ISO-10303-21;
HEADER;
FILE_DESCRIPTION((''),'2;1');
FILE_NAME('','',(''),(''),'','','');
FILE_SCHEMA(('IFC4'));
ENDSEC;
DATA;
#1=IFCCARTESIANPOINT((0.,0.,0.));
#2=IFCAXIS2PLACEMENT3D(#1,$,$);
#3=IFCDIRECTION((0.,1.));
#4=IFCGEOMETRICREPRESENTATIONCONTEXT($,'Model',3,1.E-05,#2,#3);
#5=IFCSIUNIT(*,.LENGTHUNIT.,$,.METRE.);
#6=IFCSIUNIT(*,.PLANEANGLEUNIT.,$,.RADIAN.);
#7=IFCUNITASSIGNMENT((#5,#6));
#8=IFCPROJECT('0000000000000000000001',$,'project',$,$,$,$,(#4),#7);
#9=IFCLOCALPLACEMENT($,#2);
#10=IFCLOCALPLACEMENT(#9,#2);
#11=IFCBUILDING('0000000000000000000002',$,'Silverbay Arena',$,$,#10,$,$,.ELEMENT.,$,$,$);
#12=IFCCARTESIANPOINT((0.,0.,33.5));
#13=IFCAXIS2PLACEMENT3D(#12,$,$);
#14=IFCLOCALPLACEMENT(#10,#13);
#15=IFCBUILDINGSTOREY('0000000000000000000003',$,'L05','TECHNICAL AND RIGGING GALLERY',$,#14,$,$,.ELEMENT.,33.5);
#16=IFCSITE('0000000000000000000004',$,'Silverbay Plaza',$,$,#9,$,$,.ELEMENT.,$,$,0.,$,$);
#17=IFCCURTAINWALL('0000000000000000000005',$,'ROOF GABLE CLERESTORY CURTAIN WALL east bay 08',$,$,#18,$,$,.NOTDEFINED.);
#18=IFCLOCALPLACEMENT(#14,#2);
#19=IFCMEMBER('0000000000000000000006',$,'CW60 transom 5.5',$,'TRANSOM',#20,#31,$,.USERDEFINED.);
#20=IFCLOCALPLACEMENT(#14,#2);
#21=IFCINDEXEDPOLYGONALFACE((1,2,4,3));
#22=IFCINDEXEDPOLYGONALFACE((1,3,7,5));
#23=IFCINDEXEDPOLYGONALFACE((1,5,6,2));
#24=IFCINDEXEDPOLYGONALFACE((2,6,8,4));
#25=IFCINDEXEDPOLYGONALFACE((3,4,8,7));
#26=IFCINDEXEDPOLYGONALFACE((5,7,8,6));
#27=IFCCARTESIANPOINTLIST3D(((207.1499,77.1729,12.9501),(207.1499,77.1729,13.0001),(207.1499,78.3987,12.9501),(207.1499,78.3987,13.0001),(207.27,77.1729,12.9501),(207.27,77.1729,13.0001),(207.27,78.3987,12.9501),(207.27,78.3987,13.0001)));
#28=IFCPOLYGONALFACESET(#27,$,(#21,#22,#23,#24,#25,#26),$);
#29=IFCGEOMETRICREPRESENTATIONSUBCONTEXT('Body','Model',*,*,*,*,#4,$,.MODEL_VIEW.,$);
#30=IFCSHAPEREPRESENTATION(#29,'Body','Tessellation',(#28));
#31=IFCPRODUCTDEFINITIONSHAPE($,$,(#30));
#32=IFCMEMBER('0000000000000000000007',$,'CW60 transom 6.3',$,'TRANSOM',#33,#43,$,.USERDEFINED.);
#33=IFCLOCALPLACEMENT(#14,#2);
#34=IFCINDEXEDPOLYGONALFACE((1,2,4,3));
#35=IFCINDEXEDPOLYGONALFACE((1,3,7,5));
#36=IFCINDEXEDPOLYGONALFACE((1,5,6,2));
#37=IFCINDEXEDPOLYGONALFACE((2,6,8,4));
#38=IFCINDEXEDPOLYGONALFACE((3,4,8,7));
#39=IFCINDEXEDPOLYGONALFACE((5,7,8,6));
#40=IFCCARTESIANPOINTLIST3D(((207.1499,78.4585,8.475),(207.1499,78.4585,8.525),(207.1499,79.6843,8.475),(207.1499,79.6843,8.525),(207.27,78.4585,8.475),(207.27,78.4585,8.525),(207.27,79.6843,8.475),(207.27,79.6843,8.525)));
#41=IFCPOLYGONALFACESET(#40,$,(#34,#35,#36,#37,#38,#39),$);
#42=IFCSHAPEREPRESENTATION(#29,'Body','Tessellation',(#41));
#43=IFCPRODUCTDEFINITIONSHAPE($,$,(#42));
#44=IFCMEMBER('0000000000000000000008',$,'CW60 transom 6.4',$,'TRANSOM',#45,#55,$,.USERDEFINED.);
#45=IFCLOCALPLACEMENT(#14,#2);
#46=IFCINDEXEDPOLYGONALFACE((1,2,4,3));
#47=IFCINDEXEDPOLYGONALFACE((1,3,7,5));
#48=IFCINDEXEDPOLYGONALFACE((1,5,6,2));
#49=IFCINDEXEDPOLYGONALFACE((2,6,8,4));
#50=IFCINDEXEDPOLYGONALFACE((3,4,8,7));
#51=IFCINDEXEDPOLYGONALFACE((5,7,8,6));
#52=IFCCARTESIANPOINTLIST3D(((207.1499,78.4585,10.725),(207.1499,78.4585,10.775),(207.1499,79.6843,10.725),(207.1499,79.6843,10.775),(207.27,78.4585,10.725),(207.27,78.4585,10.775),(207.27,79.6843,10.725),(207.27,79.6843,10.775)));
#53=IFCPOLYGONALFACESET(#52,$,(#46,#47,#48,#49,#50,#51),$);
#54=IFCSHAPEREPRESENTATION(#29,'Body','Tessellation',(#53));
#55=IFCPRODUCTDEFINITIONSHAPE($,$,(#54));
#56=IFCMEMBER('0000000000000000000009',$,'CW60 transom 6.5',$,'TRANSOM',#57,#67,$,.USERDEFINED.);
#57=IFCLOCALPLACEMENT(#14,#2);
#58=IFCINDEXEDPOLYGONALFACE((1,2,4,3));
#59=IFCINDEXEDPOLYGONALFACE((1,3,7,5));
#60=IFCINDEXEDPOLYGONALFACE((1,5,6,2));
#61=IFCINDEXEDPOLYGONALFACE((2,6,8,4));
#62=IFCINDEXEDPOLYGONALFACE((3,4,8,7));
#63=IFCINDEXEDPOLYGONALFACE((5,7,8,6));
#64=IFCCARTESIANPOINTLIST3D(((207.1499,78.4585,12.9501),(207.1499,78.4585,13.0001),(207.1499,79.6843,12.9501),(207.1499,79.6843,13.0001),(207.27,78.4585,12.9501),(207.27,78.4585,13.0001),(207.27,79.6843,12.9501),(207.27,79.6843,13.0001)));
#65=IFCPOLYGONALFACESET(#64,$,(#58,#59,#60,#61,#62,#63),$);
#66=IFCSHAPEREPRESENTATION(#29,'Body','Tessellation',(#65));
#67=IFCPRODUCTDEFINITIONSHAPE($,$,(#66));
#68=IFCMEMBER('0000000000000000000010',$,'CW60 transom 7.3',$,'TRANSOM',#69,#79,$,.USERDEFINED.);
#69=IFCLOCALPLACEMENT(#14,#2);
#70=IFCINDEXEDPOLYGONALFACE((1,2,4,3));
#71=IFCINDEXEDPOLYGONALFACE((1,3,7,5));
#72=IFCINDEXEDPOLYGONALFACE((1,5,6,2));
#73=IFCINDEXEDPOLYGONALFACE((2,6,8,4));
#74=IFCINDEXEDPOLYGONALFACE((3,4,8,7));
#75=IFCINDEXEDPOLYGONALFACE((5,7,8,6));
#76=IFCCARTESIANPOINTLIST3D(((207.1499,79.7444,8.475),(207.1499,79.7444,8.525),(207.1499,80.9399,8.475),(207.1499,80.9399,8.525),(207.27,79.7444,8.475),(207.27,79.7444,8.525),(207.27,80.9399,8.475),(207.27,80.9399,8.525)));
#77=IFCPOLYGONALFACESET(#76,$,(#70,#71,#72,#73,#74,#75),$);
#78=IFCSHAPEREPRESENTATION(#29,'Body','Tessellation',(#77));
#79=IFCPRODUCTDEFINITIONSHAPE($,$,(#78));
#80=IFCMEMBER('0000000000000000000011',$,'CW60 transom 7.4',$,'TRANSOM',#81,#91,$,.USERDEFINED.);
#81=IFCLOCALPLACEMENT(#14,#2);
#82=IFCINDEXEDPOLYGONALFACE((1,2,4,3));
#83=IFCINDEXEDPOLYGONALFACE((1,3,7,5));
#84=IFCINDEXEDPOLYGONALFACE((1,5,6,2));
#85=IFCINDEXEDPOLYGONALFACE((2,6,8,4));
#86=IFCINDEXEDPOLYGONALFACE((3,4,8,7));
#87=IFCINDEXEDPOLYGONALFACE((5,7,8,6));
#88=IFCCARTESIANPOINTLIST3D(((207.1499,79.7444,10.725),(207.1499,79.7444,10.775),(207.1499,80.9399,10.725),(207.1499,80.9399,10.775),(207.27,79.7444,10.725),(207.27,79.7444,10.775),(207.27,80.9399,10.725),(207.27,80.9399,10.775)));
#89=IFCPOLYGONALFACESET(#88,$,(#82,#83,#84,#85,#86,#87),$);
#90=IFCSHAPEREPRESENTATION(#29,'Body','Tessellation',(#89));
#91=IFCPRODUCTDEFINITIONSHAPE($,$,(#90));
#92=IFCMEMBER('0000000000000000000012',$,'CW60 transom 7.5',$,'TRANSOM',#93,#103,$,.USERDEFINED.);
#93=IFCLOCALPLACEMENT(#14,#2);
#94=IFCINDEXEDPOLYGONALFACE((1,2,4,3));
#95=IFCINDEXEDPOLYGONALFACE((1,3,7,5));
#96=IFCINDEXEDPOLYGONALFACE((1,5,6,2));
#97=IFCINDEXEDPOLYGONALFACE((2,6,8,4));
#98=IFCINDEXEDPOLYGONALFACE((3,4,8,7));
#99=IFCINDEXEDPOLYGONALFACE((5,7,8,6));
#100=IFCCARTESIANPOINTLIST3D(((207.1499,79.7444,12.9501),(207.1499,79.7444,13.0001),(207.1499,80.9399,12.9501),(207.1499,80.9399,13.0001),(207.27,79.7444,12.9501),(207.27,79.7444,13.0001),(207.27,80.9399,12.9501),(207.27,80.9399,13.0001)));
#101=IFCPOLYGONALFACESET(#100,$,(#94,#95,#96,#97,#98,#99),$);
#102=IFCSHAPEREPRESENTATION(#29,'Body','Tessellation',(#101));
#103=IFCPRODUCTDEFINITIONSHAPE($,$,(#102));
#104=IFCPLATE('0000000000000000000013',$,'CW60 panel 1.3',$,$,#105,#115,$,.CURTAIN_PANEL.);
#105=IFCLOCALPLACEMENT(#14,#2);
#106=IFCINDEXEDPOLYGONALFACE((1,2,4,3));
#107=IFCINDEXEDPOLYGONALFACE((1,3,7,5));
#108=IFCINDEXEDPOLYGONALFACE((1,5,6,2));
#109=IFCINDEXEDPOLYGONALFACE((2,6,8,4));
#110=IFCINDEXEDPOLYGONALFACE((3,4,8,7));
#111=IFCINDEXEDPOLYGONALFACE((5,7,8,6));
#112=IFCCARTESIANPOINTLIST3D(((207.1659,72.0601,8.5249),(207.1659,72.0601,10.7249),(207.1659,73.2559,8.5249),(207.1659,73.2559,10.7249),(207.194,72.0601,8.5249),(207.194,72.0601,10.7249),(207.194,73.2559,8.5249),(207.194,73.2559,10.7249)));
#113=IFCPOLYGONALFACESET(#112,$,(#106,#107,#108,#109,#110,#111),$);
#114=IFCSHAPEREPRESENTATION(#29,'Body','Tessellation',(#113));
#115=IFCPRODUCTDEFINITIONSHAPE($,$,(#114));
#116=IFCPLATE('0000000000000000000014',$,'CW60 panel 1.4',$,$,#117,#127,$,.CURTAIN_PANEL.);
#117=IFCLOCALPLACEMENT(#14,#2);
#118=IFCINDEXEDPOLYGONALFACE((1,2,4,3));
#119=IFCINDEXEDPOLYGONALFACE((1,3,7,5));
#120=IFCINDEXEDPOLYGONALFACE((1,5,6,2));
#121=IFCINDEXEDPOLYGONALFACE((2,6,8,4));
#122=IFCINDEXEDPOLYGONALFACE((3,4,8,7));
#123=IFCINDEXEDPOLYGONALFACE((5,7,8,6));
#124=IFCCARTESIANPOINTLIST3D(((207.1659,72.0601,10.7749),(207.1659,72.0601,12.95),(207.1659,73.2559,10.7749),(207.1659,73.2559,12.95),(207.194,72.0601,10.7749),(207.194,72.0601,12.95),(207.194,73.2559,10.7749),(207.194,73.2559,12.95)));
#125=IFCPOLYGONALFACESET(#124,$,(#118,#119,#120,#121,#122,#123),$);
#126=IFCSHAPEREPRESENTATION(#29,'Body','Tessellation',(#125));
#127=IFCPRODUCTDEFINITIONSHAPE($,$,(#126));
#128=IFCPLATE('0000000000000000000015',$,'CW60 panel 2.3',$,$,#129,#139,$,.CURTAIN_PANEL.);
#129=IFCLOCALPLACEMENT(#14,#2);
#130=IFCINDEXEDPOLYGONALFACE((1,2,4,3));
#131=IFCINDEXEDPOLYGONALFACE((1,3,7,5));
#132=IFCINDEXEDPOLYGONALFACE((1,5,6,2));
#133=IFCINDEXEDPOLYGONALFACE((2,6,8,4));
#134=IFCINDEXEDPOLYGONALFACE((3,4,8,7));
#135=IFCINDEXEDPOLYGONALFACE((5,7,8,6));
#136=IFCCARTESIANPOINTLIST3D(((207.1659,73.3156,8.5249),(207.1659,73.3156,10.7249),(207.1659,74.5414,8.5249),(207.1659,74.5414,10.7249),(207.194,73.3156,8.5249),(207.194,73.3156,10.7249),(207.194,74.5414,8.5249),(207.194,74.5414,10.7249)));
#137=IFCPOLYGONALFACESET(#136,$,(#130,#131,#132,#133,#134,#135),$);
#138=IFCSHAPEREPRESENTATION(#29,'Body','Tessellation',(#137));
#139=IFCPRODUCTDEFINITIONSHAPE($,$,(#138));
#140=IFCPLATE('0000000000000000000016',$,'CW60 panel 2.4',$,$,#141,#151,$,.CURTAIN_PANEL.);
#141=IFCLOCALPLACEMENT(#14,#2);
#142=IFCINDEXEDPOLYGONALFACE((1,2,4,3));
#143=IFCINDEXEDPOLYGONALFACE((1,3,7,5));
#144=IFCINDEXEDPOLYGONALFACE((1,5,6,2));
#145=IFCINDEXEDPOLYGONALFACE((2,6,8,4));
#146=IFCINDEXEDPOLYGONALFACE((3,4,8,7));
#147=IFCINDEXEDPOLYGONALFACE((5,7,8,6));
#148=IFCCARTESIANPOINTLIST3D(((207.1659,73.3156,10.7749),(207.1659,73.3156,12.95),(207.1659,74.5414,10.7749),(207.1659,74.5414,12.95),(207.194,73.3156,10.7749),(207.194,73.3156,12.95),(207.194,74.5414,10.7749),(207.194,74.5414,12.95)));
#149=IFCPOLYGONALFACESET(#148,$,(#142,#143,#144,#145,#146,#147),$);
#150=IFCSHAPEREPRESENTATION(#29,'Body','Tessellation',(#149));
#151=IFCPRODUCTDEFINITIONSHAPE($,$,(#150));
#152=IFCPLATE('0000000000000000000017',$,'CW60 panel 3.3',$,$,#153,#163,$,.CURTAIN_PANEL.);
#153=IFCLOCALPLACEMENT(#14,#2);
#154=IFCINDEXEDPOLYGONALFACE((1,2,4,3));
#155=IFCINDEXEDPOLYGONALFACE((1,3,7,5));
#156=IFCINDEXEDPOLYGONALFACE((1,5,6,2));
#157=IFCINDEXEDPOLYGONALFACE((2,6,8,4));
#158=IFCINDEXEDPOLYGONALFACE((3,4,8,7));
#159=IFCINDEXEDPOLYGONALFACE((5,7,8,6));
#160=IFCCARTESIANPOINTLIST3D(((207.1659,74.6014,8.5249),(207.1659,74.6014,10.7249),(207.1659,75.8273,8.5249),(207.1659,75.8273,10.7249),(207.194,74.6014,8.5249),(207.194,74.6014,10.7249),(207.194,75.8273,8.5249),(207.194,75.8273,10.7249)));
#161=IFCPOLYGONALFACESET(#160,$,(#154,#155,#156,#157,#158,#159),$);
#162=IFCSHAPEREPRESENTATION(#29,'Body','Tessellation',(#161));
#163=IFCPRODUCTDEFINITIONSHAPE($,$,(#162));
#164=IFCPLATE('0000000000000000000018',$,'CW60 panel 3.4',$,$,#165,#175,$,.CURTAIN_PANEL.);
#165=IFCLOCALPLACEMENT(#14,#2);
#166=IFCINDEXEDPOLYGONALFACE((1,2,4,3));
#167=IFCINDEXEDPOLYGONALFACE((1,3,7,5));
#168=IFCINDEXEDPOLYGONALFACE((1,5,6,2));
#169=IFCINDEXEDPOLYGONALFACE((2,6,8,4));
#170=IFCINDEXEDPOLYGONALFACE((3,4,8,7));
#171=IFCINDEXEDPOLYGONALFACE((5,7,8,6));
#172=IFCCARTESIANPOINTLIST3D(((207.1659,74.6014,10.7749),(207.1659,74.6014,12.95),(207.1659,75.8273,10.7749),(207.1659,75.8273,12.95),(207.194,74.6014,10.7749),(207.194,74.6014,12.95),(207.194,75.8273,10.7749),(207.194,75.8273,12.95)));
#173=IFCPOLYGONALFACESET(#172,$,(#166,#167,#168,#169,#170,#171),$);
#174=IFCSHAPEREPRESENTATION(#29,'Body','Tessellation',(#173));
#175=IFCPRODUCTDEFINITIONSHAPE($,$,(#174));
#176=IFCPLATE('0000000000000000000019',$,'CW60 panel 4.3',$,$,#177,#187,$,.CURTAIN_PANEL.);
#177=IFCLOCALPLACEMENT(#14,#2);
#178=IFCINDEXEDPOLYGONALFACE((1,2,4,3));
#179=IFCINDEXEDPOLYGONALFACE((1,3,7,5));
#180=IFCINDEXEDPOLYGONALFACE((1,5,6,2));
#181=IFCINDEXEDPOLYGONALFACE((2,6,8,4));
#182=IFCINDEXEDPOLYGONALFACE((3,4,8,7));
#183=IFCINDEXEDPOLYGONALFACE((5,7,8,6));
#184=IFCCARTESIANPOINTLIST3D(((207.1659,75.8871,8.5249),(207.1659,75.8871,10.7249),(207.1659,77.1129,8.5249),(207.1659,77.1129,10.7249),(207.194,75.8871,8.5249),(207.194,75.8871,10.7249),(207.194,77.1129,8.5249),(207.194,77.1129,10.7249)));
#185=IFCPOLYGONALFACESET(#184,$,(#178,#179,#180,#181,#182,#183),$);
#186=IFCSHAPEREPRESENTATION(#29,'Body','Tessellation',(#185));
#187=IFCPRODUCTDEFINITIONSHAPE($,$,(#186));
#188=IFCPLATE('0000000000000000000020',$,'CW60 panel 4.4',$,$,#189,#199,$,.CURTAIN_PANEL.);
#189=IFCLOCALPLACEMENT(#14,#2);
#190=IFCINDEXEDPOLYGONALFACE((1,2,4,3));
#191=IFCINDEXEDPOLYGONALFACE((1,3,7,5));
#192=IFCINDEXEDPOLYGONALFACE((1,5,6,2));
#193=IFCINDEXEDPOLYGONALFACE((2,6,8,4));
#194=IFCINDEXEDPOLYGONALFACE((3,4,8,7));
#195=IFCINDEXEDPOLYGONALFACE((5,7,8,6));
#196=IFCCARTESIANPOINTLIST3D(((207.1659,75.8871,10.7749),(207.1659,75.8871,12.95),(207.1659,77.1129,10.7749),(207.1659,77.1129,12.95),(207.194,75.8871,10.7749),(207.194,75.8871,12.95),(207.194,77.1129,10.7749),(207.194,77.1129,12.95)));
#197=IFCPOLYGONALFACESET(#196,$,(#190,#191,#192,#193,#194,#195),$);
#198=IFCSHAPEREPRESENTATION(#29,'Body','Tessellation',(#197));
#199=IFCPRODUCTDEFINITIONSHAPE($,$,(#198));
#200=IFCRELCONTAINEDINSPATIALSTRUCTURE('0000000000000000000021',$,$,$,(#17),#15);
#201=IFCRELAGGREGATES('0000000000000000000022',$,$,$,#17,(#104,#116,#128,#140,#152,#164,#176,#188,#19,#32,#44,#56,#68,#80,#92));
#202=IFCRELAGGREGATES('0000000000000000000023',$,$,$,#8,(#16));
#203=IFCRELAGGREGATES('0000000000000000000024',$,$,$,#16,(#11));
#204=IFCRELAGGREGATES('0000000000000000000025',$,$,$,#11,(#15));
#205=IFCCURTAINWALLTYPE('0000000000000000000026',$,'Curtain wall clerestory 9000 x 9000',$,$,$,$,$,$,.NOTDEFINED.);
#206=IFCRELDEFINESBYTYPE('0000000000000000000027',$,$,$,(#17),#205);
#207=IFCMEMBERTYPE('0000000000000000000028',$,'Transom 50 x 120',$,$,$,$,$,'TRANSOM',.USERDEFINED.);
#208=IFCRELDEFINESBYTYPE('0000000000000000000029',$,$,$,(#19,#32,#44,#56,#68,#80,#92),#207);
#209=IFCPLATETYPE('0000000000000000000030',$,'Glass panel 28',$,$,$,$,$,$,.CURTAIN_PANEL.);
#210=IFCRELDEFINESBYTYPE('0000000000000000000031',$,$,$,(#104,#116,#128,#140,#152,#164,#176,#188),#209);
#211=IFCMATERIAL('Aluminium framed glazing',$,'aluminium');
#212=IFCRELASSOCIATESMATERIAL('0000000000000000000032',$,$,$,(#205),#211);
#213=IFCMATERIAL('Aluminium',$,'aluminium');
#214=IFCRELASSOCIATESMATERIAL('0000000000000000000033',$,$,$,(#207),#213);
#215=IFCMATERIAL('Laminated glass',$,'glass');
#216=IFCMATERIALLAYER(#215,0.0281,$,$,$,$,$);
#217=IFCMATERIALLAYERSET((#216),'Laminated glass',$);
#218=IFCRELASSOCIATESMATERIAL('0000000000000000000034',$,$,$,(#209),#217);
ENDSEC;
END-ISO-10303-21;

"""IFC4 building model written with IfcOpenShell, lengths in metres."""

from ifc_helpers import new_model, si_unit, direction, frame, origin, origin_2d, place, context, subcontext, project, spatial, rectangle, extrude, material, layer, layer_set, material_profile, profile_set, type_object, element, aggregate, save


model = new_model("IFC4")

# Units and contexts
model_context = context("Model", 3, precision=1e-05, world=origin(), true_north=direction((0.0, 1.0)))
body_context = subcontext(model_context, "Body", "Model", "MODEL_VIEW")
ifc_project = project(units=[si_unit("LENGTHUNIT", "METRE"), si_unit("PLANEANGLEUNIT", "RADIAN")], contexts=[model_context])

# Site, building, storey
site_placement = place(None, origin())
site = spatial("IfcSite", under=ifc_project, at=site_placement, Name="Silverbay Plaza", CompositionType="ELEMENT", RefElevation=0.0)
building_placement = place(site_placement, origin())
building = spatial("IfcBuilding", under=site, at=building_placement, Name="Silverbay Arena", CompositionType="ELEMENT")
storey_placement = place(building_placement, frame((0.0, 0.0, 33.5)))
storey = spatial("IfcBuildingStorey", under=building, at=storey_placement, Name="L05", Description="TECHNICAL AND RIGGING GALLERY", CompositionType="ELEMENT", Elevation=33.5)

# Curtain wall, members, plates
ifc_material_1 = material(Name="Aluminium framed glazing", Category="aluminium")
curtain_wall_type = type_object("IfcCurtainWallType", Name="Curtain wall clerestory 9000 x 9000", PredefinedType="NOTDEFINED", material=ifc_material_1)
curtain_wall_placement = place(storey_placement, origin())
curtain_wall = element("IfcCurtainWall", 1, at=curtain_wall_placement, inside=storey, type_object=curtain_wall_type, Name="ROOF GABLE CLERESTORY CURTAIN WALL east bay 08", PredefinedType="NOTDEFINED")
ifc_material_2 = material(Name="Aluminium", Category="aluminium")
ifc_material_profile_1 = material_profile(ifc_material_2, rectangle(XDim=0.1201, YDim=0.05, at=origin_2d()), Name="Transom 50 x 120")
ifc_profile_set_1 = profile_set([ifc_material_profile_1], Name="Aluminium")
member_type_1 = type_object("IfcMemberType", Name="Transom 50 x 120", ElementType="TRANSOM", PredefinedType="USERDEFINED", material=ifc_profile_set_1)
member_1_placement = place(storey_placement, frame((207.21, 77.1729, 12.9751), z_axis=(0.0, 1.0, 0.0), x_axis=(-1.0, 0.0, 0.0)))
member_1 = element("IfcMember", 2, at=member_1_placement, type_object=member_type_1, Name="CW60 transom 5.5", ObjectType="TRANSOM", PredefinedType="USERDEFINED", context=body_context, shape_type="SweptSolid", body=[
    extrude(rectangle(XDim=0.1201, YDim=0.05, at=origin_2d()), origin(), (0.0, 0.0, 1.0), 1.2258),
])
member_2_placement = place(storey_placement, frame((207.21, 78.4585, 8.5), z_axis=(0.0, 1.0, 0.0), x_axis=(-1.0, 0.0, 0.0)))
member_2 = element("IfcMember", 3, at=member_2_placement, type_object=member_type_1, Name="CW60 transom 6.3", ObjectType="TRANSOM", PredefinedType="USERDEFINED", context=body_context, shape_type="SweptSolid", body=[
    extrude(rectangle(XDim=0.1201, YDim=0.05, at=origin_2d()), origin(), (0.0, 0.0, 1.0), 1.2258),
])
member_3_placement = place(storey_placement, frame((207.21, 78.4585, 10.75), z_axis=(0.0, 1.0, 0.0), x_axis=(-1.0, 0.0, 0.0)))
member_3 = element("IfcMember", 4, at=member_3_placement, type_object=member_type_1, Name="CW60 transom 6.4", ObjectType="TRANSOM", PredefinedType="USERDEFINED", context=body_context, shape_type="SweptSolid", body=[
    extrude(rectangle(XDim=0.1201, YDim=0.05, at=origin_2d()), origin(), (0.0, 0.0, 1.0), 1.2258),
])
member_4_placement = place(storey_placement, frame((207.21, 78.4585, 12.9751), z_axis=(0.0, 1.0, 0.0), x_axis=(-1.0, 0.0, 0.0)))
member_4 = element("IfcMember", 5, at=member_4_placement, type_object=member_type_1, Name="CW60 transom 6.5", ObjectType="TRANSOM", PredefinedType="USERDEFINED", context=body_context, shape_type="SweptSolid", body=[
    extrude(rectangle(XDim=0.1201, YDim=0.05, at=origin_2d()), origin(), (0.0, 0.0, 1.0), 1.2258),
])
member_5_placement = place(storey_placement, frame((207.21, 79.7444, 8.5), z_axis=(0.0, 1.0, 0.0), x_axis=(-1.0, 0.0, 0.0)))
member_5 = element("IfcMember", 6, at=member_5_placement, type_object=member_type_1, Name="CW60 transom 7.3", ObjectType="TRANSOM", PredefinedType="USERDEFINED", context=body_context, shape_type="SweptSolid", body=[
    extrude(rectangle(XDim=0.1201, YDim=0.05, at=origin_2d()), origin(), (0.0, 0.0, 1.0), 1.1956),
])
member_6_placement = place(storey_placement, frame((207.21, 79.7444, 10.75), z_axis=(0.0, 1.0, 0.0), x_axis=(-1.0, 0.0, 0.0)))
member_6 = element("IfcMember", 7, at=member_6_placement, type_object=member_type_1, Name="CW60 transom 7.4", ObjectType="TRANSOM", PredefinedType="USERDEFINED", context=body_context, shape_type="SweptSolid", body=[
    extrude(rectangle(XDim=0.1201, YDim=0.05, at=origin_2d()), origin(), (0.0, 0.0, 1.0), 1.1956),
])
member_7_placement = place(storey_placement, frame((207.21, 79.7444, 12.9751), z_axis=(0.0, 1.0, 0.0), x_axis=(-1.0, 0.0, 0.0)))
member_7 = element("IfcMember", 8, at=member_7_placement, type_object=member_type_1, Name="CW60 transom 7.5", ObjectType="TRANSOM", PredefinedType="USERDEFINED", context=body_context, shape_type="SweptSolid", body=[
    extrude(rectangle(XDim=0.1201, YDim=0.05, at=origin_2d()), origin(), (0.0, 0.0, 1.0), 1.1956),
])
ifc_material_3 = material(Name="Laminated glass", Category="glass")
ifc_layer = layer(ifc_material_3, 0.0281)
ifc_layer_set = layer_set([ifc_layer], Name="Laminated glass")
plate_type = type_object("IfcPlateType", Name="Glass panel 28", PredefinedType="CURTAIN_PANEL", material=ifc_layer_set)
plate_1_placement = place(storey_placement, frame((207.1799, 72.658, 8.5249), z_axis=(0.0, 0.0, 1.0), x_axis=(0.0, 1.0, 0.0)))
plate_1 = element("IfcPlate", 9, at=plate_1_placement, type_object=plate_type, Name="CW60 panel 1.3", PredefinedType="CURTAIN_PANEL", context=body_context, shape_type="SweptSolid", body=[
    extrude(rectangle(XDim=1.1958, YDim=0.0281, at=origin_2d()), origin(), (0.0, 0.0, 1.0), 2.2),
])
plate_2_placement = place(storey_placement, frame((207.1799, 72.658, 10.7749), z_axis=(0.0, 0.0, 1.0), x_axis=(0.0, 1.0, 0.0)))
plate_2 = element("IfcPlate", 10, at=plate_2_placement, type_object=plate_type, Name="CW60 panel 1.4", PredefinedType="CURTAIN_PANEL", context=body_context, shape_type="SweptSolid", body=[
    extrude(rectangle(XDim=1.1958, YDim=0.0281, at=origin_2d()), origin(), (0.0, 0.0, 1.0), 2.175),
])
plate_3_placement = place(storey_placement, frame((207.1799, 73.9285, 8.5249), z_axis=(0.0, 0.0, 1.0), x_axis=(0.0, 1.0, 0.0)))
plate_3 = element("IfcPlate", 11, at=plate_3_placement, type_object=plate_type, Name="CW60 panel 2.3", PredefinedType="CURTAIN_PANEL", context=body_context, shape_type="SweptSolid", body=[
    extrude(rectangle(XDim=1.2258, YDim=0.0281, at=origin_2d()), origin(), (0.0, 0.0, 1.0), 2.2),
])
plate_4_placement = place(storey_placement, frame((207.1799, 73.9285, 10.7749), z_axis=(0.0, 0.0, 1.0), x_axis=(0.0, 1.0, 0.0)))
plate_4 = element("IfcPlate", 12, at=plate_4_placement, type_object=plate_type, Name="CW60 panel 2.4", PredefinedType="CURTAIN_PANEL", context=body_context, shape_type="SweptSolid", body=[
    extrude(rectangle(XDim=1.2258, YDim=0.0281, at=origin_2d()), origin(), (0.0, 0.0, 1.0), 2.175),
])
plate_5_placement = place(storey_placement, frame((207.1799, 75.2144, 8.5249), z_axis=(0.0, 0.0, 1.0), x_axis=(0.0, 1.0, 0.0)))
plate_5 = element("IfcPlate", 13, at=plate_5_placement, type_object=plate_type, Name="CW60 panel 3.3", PredefinedType="CURTAIN_PANEL", context=body_context, shape_type="SweptSolid", body=[
    extrude(rectangle(XDim=1.2258, YDim=0.0281, at=origin_2d()), origin(), (0.0, 0.0, 1.0), 2.2),
])
plate_6_placement = place(storey_placement, frame((207.1799, 75.2144, 10.7749), z_axis=(0.0, 0.0, 1.0), x_axis=(0.0, 1.0, 0.0)))
plate_6 = element("IfcPlate", 14, at=plate_6_placement, type_object=plate_type, Name="CW60 panel 3.4", PredefinedType="CURTAIN_PANEL", context=body_context, shape_type="SweptSolid", body=[
    extrude(rectangle(XDim=1.2258, YDim=0.0281, at=origin_2d()), origin(), (0.0, 0.0, 1.0), 2.175),
])
plate_7_placement = place(storey_placement, frame((207.1799, 76.5, 8.5249), z_axis=(0.0, 0.0, 1.0), x_axis=(0.0, 1.0, 0.0)))
plate_7 = element("IfcPlate", 15, at=plate_7_placement, type_object=plate_type, Name="CW60 panel 4.3", PredefinedType="CURTAIN_PANEL", context=body_context, shape_type="SweptSolid", body=[
    extrude(rectangle(XDim=1.2258, YDim=0.0281, at=origin_2d()), origin(), (0.0, 0.0, 1.0), 2.2),
])
plate_8_placement = place(storey_placement, frame((207.1799, 76.5, 10.7749), z_axis=(0.0, 0.0, 1.0), x_axis=(0.0, 1.0, 0.0)))
plate_8 = element("IfcPlate", 16, at=plate_8_placement, type_object=plate_type, Name="CW60 panel 4.4", PredefinedType="CURTAIN_PANEL", context=body_context, shape_type="SweptSolid", body=[
    extrude(rectangle(XDim=1.2258, YDim=0.0281, at=origin_2d()), origin(), (0.0, 0.0, 1.0), 2.175),
])
aggregate(curtain_wall, [plate_1, plate_2, plate_3, plate_4, plate_5, plate_6, plate_7, plate_8, member_1, member_2, member_3, member_4, member_5, member_6, member_7])

save(model, "model.ifc")
